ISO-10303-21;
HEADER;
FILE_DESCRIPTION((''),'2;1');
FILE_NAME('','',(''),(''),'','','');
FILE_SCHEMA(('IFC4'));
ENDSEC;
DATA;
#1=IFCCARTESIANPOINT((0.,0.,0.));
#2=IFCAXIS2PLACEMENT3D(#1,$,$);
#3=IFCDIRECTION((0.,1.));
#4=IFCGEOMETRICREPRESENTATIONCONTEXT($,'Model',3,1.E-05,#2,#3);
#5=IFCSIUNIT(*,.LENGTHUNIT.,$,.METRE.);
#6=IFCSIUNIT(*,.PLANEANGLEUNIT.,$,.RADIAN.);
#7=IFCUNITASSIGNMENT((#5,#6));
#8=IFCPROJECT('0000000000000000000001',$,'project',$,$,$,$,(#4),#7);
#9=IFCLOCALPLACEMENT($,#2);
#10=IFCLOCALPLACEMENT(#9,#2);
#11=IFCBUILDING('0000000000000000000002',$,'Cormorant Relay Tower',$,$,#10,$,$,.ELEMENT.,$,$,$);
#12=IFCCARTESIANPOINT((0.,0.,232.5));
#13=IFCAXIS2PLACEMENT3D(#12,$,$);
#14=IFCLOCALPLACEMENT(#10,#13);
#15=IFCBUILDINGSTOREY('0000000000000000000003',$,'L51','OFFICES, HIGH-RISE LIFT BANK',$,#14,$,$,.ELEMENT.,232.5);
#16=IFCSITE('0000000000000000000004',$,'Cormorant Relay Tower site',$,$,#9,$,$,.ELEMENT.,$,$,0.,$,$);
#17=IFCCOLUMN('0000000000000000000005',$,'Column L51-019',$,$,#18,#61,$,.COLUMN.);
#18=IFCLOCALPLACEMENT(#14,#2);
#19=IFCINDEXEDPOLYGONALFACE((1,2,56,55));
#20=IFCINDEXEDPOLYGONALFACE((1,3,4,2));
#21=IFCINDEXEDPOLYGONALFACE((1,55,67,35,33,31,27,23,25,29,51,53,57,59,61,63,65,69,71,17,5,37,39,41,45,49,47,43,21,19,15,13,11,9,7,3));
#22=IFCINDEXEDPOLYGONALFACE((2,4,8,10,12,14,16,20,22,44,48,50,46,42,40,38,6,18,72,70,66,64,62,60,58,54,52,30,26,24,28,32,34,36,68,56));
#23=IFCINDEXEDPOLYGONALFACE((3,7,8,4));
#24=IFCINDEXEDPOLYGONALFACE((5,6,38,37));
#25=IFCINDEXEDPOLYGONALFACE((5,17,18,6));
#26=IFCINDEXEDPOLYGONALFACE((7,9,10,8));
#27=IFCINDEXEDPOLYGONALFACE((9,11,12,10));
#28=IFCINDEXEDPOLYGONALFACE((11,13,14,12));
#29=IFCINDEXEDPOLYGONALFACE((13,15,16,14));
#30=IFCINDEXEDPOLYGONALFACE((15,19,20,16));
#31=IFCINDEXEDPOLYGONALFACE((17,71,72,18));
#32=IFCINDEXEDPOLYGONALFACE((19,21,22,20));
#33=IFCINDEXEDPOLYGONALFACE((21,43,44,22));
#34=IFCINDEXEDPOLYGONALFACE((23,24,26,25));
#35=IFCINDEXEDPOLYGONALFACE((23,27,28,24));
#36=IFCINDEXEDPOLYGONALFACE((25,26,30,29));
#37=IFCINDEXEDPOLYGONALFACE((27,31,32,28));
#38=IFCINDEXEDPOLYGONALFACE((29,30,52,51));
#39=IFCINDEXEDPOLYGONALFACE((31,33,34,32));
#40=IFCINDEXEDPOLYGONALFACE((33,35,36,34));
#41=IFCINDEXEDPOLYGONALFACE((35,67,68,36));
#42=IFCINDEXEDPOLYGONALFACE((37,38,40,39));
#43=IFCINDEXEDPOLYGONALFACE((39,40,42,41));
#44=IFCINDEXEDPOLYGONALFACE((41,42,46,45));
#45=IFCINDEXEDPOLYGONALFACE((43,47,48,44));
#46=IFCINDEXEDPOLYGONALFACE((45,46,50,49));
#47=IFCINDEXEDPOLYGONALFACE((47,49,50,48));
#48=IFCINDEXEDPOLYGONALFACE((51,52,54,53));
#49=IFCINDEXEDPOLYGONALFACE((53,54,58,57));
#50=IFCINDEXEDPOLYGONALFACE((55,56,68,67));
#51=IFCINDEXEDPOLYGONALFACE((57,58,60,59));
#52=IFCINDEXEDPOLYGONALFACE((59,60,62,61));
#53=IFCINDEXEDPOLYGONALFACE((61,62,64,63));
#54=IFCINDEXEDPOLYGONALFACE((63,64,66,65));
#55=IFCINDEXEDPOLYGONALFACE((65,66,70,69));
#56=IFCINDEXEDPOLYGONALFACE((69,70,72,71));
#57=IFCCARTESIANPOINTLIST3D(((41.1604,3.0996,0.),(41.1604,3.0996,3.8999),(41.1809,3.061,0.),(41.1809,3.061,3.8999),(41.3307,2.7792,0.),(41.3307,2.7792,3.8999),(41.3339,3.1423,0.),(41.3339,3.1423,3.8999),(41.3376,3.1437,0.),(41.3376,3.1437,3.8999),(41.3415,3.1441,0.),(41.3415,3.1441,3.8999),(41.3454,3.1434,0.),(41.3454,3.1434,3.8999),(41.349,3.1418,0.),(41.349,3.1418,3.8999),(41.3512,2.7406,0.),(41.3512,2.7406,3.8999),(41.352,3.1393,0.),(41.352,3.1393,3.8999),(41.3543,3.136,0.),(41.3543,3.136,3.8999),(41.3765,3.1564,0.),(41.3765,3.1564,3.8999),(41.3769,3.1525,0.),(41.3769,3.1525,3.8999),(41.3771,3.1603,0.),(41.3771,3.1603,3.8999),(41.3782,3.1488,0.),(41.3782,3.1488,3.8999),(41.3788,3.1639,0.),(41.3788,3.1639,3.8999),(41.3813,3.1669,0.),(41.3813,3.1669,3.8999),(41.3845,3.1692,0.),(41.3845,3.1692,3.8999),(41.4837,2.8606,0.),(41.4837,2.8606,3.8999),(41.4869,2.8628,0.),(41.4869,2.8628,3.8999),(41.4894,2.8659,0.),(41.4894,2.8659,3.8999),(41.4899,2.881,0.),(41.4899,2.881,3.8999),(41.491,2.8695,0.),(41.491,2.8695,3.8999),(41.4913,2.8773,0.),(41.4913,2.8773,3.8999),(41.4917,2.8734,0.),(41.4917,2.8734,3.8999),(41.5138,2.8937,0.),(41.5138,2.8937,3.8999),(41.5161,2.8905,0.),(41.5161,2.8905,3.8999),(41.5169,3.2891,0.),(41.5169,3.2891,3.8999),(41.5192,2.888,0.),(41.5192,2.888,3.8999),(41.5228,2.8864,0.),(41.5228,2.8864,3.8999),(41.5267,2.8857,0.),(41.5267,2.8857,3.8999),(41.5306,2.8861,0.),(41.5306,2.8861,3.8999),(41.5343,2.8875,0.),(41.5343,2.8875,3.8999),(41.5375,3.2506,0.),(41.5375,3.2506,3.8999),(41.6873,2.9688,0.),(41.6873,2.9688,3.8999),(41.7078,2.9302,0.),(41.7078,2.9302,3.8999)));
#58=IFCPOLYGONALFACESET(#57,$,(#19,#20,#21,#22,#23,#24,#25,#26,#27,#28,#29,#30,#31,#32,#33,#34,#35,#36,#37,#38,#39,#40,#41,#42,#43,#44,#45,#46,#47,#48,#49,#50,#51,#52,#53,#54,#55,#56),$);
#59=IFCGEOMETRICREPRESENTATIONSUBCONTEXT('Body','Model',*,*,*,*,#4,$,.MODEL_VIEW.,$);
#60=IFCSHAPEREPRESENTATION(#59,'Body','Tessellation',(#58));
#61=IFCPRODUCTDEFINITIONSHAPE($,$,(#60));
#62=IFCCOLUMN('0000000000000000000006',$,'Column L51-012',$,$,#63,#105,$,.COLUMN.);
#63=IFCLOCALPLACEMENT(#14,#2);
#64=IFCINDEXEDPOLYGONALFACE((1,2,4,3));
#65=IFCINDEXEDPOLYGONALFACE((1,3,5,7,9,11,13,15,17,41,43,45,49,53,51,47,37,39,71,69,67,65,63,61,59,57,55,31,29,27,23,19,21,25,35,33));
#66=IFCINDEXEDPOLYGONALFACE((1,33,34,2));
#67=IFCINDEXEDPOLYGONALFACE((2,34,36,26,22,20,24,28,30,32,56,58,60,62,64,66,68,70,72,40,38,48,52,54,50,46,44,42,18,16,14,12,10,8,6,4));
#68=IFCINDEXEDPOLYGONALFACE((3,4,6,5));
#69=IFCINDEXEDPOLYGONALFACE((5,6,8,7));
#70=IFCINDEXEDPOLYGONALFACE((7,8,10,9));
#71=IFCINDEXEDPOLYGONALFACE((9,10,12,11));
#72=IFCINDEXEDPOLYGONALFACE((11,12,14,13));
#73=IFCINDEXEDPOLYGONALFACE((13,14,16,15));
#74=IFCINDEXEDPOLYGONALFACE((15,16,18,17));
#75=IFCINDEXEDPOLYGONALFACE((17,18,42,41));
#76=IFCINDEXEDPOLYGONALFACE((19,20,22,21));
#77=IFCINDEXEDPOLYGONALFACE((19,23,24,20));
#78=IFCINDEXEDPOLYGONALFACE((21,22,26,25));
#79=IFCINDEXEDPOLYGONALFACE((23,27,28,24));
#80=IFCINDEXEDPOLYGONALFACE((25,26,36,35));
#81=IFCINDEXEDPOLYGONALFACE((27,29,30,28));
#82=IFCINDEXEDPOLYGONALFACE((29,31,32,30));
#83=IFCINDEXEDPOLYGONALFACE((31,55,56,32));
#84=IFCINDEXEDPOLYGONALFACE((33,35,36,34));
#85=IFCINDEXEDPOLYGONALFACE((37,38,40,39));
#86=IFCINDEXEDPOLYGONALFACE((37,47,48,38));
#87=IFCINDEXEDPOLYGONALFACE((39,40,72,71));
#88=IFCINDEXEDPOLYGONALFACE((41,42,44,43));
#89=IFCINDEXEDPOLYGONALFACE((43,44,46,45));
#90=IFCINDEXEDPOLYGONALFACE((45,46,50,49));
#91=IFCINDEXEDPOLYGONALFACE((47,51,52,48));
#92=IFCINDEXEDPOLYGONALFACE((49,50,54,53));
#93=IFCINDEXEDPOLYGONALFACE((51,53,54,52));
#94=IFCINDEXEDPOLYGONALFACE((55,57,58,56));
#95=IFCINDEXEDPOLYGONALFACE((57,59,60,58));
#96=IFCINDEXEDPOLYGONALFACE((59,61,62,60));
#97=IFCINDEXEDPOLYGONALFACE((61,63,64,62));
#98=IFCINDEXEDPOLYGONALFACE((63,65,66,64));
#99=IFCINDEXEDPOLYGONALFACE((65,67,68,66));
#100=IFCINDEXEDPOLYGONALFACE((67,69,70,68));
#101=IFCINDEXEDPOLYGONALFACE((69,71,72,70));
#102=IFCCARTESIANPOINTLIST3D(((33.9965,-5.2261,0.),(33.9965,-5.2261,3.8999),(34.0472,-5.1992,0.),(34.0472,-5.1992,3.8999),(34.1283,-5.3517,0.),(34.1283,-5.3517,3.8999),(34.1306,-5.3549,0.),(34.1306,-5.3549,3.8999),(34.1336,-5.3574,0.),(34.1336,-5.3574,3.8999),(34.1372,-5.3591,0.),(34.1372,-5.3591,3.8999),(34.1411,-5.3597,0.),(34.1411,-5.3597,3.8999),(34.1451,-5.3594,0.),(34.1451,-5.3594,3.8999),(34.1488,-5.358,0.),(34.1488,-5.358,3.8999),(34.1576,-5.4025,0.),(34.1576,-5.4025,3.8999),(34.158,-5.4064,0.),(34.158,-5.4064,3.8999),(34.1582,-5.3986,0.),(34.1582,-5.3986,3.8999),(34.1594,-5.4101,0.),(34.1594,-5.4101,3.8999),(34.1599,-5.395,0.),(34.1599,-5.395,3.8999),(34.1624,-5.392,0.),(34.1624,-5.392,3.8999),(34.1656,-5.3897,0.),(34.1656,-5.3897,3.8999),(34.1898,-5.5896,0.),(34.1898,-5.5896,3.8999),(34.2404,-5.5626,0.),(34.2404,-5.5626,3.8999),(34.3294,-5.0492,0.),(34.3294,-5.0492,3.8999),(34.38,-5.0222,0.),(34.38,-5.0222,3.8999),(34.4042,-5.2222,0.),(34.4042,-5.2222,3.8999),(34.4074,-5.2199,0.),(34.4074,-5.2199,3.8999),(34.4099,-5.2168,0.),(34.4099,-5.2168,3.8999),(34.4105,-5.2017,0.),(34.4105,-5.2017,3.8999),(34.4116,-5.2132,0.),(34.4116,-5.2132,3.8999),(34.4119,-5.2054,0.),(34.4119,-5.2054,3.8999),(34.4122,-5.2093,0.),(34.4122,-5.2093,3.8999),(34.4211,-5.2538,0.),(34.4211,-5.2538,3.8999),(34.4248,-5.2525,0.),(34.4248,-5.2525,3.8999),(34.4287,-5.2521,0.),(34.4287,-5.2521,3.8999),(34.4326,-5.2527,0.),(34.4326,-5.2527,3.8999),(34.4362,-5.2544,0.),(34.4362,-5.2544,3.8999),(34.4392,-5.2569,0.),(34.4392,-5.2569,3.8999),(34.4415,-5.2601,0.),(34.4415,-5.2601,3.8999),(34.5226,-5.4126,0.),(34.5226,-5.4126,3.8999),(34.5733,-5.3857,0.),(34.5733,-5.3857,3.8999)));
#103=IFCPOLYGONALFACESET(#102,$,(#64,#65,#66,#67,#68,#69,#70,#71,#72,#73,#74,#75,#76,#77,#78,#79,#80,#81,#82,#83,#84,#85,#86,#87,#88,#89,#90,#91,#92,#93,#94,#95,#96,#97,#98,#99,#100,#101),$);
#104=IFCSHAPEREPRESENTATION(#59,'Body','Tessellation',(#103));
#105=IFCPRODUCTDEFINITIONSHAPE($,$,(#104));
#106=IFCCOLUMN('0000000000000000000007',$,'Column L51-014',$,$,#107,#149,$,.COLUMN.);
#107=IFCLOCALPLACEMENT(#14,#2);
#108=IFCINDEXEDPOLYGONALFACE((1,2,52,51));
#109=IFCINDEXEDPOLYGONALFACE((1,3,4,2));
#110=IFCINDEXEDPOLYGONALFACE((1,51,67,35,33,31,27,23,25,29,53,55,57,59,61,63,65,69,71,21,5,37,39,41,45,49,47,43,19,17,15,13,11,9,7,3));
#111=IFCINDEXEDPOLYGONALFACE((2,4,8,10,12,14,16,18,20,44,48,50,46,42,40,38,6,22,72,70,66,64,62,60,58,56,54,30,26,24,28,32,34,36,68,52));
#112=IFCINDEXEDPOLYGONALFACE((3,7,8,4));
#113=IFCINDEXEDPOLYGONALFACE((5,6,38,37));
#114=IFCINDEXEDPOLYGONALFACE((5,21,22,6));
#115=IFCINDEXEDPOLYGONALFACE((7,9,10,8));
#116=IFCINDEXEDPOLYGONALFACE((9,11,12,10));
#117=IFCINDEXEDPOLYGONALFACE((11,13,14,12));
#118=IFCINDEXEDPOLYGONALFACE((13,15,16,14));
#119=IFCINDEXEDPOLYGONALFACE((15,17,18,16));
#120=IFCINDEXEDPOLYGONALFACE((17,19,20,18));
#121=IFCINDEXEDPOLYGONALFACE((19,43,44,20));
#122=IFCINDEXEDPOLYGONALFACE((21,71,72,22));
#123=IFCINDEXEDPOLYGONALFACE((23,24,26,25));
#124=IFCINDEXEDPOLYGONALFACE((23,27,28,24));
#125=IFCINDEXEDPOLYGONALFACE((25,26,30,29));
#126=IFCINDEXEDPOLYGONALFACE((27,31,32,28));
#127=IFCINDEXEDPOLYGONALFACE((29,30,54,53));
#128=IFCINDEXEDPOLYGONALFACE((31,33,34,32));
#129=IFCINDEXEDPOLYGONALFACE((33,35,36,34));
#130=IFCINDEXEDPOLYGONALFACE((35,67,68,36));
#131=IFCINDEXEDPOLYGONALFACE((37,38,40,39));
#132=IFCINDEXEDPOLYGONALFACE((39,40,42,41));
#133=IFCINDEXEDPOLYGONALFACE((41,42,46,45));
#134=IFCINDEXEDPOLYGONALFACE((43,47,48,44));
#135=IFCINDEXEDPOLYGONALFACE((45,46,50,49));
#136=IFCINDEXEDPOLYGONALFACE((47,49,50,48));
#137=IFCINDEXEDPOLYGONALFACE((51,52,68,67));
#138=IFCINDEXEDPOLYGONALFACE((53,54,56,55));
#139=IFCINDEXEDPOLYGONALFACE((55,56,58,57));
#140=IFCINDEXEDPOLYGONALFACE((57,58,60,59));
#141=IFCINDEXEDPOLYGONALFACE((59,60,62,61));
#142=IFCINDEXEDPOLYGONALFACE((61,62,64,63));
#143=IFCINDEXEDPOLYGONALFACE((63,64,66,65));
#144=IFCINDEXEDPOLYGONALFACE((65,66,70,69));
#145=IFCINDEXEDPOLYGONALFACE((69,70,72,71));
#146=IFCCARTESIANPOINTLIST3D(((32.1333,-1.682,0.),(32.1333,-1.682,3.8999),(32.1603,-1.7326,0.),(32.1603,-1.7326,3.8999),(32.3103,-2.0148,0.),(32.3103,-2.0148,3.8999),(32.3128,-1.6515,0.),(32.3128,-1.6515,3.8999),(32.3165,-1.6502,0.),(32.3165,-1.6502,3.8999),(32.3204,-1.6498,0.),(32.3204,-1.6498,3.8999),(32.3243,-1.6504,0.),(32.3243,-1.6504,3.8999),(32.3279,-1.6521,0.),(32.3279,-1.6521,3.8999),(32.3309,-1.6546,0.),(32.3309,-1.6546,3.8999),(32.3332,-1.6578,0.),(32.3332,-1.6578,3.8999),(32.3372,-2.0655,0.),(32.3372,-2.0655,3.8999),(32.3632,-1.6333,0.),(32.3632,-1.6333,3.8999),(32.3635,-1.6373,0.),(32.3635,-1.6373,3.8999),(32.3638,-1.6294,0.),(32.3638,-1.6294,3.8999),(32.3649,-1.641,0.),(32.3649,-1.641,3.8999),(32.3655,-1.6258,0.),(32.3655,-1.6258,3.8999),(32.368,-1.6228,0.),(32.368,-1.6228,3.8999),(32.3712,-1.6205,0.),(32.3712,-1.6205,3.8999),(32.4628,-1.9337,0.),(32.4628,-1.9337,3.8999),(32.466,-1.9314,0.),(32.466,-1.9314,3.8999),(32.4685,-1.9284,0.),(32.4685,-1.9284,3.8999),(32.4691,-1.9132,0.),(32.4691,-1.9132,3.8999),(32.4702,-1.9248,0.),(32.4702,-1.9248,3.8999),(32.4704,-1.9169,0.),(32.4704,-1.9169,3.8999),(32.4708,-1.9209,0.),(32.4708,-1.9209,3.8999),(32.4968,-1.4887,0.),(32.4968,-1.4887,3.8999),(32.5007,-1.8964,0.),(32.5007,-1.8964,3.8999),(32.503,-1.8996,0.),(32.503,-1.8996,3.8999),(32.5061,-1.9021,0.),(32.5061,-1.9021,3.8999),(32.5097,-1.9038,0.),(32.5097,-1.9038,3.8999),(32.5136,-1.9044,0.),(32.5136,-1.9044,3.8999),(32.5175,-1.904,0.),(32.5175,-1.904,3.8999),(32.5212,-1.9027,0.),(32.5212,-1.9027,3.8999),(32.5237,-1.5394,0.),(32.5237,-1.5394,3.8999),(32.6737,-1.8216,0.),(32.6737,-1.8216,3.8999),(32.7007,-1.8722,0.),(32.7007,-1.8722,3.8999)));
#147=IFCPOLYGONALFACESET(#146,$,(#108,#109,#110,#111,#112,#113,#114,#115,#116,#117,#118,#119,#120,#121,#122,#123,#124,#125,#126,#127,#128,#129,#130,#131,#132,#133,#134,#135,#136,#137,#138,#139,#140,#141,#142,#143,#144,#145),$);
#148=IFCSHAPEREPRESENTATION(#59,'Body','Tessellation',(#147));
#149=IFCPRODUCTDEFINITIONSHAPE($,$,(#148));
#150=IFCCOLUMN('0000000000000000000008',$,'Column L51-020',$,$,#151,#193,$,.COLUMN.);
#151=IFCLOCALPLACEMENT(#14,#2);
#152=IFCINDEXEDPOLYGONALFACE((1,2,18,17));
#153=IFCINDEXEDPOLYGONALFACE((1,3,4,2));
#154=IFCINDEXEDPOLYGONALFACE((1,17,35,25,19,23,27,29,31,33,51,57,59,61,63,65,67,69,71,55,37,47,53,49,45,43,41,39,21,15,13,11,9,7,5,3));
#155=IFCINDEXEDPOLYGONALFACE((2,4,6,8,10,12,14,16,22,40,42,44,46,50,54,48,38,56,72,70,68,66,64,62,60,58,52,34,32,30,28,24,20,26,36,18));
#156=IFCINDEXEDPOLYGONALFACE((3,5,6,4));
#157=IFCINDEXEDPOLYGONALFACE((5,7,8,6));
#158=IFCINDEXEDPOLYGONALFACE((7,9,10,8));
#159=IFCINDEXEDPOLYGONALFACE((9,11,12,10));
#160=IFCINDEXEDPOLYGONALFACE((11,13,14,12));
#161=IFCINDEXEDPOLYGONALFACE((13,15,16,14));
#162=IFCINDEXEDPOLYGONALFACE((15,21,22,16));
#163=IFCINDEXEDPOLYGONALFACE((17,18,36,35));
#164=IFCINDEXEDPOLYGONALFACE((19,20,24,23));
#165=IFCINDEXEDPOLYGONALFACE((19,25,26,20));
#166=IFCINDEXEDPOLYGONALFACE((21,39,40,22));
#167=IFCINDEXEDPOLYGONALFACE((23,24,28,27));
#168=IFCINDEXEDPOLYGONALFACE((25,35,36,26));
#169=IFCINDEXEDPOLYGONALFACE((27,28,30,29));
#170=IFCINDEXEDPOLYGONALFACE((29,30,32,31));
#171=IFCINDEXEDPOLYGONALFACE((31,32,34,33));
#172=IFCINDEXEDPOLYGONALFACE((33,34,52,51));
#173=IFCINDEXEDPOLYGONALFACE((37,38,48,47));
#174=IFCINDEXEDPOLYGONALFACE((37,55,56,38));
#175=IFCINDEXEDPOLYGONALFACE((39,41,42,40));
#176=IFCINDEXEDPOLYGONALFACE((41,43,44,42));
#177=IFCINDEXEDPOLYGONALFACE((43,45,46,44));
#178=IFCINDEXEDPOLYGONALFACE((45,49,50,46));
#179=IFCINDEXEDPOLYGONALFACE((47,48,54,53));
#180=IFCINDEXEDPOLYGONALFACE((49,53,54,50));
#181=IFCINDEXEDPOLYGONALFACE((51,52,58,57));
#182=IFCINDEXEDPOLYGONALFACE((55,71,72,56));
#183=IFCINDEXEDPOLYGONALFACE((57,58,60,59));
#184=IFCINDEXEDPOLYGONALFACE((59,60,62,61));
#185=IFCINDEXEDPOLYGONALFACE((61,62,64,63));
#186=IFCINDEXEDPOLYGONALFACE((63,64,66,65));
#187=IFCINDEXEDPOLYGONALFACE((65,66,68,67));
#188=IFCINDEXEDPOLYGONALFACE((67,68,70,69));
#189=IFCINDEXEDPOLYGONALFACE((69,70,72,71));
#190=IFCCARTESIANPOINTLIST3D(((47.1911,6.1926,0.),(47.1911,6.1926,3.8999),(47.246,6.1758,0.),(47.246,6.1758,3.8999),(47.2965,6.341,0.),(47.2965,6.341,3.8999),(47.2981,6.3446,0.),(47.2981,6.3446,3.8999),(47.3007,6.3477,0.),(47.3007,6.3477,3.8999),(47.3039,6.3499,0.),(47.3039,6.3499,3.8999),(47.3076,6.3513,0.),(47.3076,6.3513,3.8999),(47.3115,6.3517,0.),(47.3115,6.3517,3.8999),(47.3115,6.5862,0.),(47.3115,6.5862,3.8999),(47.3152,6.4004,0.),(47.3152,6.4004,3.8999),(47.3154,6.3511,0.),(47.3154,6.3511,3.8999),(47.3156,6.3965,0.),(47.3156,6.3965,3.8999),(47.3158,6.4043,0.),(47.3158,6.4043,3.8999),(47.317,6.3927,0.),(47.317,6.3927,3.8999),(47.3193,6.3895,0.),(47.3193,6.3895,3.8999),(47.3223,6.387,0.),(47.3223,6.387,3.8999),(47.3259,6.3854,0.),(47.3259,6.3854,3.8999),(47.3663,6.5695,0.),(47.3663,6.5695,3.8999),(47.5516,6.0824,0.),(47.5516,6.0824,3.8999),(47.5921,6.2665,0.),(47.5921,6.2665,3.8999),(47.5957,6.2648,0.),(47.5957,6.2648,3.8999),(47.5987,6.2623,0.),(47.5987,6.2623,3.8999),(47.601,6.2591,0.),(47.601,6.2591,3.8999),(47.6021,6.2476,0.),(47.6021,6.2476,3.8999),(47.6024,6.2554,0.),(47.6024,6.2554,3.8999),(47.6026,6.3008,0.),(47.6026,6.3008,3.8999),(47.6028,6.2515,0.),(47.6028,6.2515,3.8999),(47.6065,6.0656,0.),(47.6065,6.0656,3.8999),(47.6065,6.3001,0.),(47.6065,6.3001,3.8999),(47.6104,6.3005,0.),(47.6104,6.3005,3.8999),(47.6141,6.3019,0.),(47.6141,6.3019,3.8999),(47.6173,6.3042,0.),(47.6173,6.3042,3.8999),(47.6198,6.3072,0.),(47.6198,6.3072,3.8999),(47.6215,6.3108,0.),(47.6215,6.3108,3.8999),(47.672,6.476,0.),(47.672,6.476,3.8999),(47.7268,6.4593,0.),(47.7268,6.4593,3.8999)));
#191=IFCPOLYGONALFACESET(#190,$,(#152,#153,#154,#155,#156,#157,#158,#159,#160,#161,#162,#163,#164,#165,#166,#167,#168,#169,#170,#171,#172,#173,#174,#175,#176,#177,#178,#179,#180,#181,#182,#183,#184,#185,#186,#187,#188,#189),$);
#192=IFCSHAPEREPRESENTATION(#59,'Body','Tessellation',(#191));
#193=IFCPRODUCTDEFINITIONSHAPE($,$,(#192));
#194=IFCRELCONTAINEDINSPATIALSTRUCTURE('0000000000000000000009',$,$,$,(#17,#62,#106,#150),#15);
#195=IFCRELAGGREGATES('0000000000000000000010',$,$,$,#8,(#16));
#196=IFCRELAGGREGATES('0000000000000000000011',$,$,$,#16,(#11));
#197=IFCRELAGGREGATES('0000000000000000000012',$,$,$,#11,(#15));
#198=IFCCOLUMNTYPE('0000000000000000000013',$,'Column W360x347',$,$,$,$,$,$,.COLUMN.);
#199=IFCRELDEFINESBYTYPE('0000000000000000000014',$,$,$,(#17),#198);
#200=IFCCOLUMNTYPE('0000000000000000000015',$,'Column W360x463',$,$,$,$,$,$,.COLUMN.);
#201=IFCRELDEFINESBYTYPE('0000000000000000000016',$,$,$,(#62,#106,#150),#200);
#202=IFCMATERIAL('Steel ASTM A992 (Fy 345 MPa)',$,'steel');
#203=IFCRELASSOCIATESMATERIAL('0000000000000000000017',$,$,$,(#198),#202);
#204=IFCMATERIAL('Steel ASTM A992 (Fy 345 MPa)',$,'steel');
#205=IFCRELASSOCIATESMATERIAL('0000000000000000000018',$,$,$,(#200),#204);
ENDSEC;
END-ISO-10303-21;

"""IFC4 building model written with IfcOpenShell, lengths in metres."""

from ifc_helpers import new_model, si_unit, direction, frame, origin, origin_2d, place, context, subcontext, project, spatial, i_section, extrude, material, material_profile, profile_set, type_object, element, save


model = new_model("IFC4")

# Units and contexts
model_context = context("Model", 3, precision=1e-05, world=origin(), true_north=direction((0.0, 1.0)))
body_context = subcontext(model_context, "Body", "Model", "MODEL_VIEW")
ifc_project = project(units=[si_unit("LENGTHUNIT", "METRE"), si_unit("PLANEANGLEUNIT", "RADIAN")], contexts=[model_context])

# Site, building, storey
site_placement = place(None, origin())
site = spatial("IfcSite", under=ifc_project, at=site_placement, Name="Cormorant Relay Tower site", CompositionType="ELEMENT", RefElevation=0.0)
building_placement = place(site_placement, origin())
building = spatial("IfcBuilding", under=site, at=building_placement, Name="Cormorant Relay Tower", CompositionType="ELEMENT")
storey_placement = place(building_placement, frame((0.0, 0.0, 232.5)))
storey = spatial("IfcBuildingStorey", under=building, at=storey_placement, Name="L51", Description="OFFICES, HIGH-RISE LIFT BANK", CompositionType="ELEMENT", Elevation=232.5)

# Columns
ifc_material_1 = material(Name="Steel ASTM A992 (Fy 345 MPa)", Category="steel")
ifc_material_profile_1 = material_profile(ifc_material_1, i_section(OverallWidth=0.4038, OverallDepth=0.4065, WebThickness=0.0271, FlangeThickness=0.0437, FilletRadius=0.0151, at=origin_2d()), Name="W360x347")
ifc_profile_set_1 = profile_set([ifc_material_profile_1], Name="Steel ASTM A992 (Fy 345 MPa)")
column_type_1 = type_object("IfcColumnType", Name="Column W360x347", PredefinedType="COLUMN", material=ifc_profile_set_1)
column_placement = place(storey_placement, frame((41.4341, 3.0149, 0.0), z_axis=(0.0, 0.0, 1.0), x_axis=(0.882948, 0.469472, 0.0)))
element("IfcColumn", 1, at=column_placement, inside=storey, type_object=column_type_1, Name="Column L51-019", PredefinedType="COLUMN", context=body_context, shape_type="SweptSolid", body=[
    extrude(i_section(OverallWidth=0.4038, OverallDepth=0.4065, WebThickness=0.0271, FlangeThickness=0.0437, FilletRadius=0.0151, at=origin_2d()), origin(), (0.0, 0.0, 1.0), 3.8999),
])
ifc_material_2 = material(Name="Steel ASTM A992 (Fy 345 MPa)", Category="steel")
ifc_material_profile_2 = material_profile(ifc_material_2, i_section(OverallWidth=0.4116, OverallDepth=0.4343, WebThickness=0.0359, FlangeThickness=0.0574, FilletRadius=0.0151, at=origin_2d()), Name="W360x463")
ifc_profile_set_2 = profile_set([ifc_material_profile_2], Name="Steel ASTM A992 (Fy 345 MPa)")
column_type_2 = type_object("IfcColumnType", Name="Column W360x463", PredefinedType="COLUMN", material=ifc_profile_set_2)
for number, where, z_axis, x_axis, name in (
    (2, (34.2849, -5.3059, 0.0), (0.0, 0.0, 1.0), (-0.469472, 0.882948, 0.0), "Column L51-012"),
    (3, (32.417, -1.7771, 0.0), (0.0, 0.0, 1.0), (0.882948, 0.469472, 0.0), "Column L51-014"),
    (4, (47.459, 6.3259, 0.0), (0.0, 0.0, 1.0), (0.292372, 0.956305, 0.0), "Column L51-020"),
):
    element("IfcColumn", number, at=place(storey_placement, frame(where, z_axis=z_axis, x_axis=x_axis)), inside=storey, type_object=column_type_2, Name=name, PredefinedType="COLUMN", context=body_context, shape_type="SweptSolid", body=[
        extrude(i_section(OverallWidth=0.4116, OverallDepth=0.4343, WebThickness=0.0359, FlangeThickness=0.0574, FilletRadius=0.0151, at=origin_2d()), origin(), (0.0, 0.0, 1.0), 3.8999),
    ])

save(model, "model.ifc")
